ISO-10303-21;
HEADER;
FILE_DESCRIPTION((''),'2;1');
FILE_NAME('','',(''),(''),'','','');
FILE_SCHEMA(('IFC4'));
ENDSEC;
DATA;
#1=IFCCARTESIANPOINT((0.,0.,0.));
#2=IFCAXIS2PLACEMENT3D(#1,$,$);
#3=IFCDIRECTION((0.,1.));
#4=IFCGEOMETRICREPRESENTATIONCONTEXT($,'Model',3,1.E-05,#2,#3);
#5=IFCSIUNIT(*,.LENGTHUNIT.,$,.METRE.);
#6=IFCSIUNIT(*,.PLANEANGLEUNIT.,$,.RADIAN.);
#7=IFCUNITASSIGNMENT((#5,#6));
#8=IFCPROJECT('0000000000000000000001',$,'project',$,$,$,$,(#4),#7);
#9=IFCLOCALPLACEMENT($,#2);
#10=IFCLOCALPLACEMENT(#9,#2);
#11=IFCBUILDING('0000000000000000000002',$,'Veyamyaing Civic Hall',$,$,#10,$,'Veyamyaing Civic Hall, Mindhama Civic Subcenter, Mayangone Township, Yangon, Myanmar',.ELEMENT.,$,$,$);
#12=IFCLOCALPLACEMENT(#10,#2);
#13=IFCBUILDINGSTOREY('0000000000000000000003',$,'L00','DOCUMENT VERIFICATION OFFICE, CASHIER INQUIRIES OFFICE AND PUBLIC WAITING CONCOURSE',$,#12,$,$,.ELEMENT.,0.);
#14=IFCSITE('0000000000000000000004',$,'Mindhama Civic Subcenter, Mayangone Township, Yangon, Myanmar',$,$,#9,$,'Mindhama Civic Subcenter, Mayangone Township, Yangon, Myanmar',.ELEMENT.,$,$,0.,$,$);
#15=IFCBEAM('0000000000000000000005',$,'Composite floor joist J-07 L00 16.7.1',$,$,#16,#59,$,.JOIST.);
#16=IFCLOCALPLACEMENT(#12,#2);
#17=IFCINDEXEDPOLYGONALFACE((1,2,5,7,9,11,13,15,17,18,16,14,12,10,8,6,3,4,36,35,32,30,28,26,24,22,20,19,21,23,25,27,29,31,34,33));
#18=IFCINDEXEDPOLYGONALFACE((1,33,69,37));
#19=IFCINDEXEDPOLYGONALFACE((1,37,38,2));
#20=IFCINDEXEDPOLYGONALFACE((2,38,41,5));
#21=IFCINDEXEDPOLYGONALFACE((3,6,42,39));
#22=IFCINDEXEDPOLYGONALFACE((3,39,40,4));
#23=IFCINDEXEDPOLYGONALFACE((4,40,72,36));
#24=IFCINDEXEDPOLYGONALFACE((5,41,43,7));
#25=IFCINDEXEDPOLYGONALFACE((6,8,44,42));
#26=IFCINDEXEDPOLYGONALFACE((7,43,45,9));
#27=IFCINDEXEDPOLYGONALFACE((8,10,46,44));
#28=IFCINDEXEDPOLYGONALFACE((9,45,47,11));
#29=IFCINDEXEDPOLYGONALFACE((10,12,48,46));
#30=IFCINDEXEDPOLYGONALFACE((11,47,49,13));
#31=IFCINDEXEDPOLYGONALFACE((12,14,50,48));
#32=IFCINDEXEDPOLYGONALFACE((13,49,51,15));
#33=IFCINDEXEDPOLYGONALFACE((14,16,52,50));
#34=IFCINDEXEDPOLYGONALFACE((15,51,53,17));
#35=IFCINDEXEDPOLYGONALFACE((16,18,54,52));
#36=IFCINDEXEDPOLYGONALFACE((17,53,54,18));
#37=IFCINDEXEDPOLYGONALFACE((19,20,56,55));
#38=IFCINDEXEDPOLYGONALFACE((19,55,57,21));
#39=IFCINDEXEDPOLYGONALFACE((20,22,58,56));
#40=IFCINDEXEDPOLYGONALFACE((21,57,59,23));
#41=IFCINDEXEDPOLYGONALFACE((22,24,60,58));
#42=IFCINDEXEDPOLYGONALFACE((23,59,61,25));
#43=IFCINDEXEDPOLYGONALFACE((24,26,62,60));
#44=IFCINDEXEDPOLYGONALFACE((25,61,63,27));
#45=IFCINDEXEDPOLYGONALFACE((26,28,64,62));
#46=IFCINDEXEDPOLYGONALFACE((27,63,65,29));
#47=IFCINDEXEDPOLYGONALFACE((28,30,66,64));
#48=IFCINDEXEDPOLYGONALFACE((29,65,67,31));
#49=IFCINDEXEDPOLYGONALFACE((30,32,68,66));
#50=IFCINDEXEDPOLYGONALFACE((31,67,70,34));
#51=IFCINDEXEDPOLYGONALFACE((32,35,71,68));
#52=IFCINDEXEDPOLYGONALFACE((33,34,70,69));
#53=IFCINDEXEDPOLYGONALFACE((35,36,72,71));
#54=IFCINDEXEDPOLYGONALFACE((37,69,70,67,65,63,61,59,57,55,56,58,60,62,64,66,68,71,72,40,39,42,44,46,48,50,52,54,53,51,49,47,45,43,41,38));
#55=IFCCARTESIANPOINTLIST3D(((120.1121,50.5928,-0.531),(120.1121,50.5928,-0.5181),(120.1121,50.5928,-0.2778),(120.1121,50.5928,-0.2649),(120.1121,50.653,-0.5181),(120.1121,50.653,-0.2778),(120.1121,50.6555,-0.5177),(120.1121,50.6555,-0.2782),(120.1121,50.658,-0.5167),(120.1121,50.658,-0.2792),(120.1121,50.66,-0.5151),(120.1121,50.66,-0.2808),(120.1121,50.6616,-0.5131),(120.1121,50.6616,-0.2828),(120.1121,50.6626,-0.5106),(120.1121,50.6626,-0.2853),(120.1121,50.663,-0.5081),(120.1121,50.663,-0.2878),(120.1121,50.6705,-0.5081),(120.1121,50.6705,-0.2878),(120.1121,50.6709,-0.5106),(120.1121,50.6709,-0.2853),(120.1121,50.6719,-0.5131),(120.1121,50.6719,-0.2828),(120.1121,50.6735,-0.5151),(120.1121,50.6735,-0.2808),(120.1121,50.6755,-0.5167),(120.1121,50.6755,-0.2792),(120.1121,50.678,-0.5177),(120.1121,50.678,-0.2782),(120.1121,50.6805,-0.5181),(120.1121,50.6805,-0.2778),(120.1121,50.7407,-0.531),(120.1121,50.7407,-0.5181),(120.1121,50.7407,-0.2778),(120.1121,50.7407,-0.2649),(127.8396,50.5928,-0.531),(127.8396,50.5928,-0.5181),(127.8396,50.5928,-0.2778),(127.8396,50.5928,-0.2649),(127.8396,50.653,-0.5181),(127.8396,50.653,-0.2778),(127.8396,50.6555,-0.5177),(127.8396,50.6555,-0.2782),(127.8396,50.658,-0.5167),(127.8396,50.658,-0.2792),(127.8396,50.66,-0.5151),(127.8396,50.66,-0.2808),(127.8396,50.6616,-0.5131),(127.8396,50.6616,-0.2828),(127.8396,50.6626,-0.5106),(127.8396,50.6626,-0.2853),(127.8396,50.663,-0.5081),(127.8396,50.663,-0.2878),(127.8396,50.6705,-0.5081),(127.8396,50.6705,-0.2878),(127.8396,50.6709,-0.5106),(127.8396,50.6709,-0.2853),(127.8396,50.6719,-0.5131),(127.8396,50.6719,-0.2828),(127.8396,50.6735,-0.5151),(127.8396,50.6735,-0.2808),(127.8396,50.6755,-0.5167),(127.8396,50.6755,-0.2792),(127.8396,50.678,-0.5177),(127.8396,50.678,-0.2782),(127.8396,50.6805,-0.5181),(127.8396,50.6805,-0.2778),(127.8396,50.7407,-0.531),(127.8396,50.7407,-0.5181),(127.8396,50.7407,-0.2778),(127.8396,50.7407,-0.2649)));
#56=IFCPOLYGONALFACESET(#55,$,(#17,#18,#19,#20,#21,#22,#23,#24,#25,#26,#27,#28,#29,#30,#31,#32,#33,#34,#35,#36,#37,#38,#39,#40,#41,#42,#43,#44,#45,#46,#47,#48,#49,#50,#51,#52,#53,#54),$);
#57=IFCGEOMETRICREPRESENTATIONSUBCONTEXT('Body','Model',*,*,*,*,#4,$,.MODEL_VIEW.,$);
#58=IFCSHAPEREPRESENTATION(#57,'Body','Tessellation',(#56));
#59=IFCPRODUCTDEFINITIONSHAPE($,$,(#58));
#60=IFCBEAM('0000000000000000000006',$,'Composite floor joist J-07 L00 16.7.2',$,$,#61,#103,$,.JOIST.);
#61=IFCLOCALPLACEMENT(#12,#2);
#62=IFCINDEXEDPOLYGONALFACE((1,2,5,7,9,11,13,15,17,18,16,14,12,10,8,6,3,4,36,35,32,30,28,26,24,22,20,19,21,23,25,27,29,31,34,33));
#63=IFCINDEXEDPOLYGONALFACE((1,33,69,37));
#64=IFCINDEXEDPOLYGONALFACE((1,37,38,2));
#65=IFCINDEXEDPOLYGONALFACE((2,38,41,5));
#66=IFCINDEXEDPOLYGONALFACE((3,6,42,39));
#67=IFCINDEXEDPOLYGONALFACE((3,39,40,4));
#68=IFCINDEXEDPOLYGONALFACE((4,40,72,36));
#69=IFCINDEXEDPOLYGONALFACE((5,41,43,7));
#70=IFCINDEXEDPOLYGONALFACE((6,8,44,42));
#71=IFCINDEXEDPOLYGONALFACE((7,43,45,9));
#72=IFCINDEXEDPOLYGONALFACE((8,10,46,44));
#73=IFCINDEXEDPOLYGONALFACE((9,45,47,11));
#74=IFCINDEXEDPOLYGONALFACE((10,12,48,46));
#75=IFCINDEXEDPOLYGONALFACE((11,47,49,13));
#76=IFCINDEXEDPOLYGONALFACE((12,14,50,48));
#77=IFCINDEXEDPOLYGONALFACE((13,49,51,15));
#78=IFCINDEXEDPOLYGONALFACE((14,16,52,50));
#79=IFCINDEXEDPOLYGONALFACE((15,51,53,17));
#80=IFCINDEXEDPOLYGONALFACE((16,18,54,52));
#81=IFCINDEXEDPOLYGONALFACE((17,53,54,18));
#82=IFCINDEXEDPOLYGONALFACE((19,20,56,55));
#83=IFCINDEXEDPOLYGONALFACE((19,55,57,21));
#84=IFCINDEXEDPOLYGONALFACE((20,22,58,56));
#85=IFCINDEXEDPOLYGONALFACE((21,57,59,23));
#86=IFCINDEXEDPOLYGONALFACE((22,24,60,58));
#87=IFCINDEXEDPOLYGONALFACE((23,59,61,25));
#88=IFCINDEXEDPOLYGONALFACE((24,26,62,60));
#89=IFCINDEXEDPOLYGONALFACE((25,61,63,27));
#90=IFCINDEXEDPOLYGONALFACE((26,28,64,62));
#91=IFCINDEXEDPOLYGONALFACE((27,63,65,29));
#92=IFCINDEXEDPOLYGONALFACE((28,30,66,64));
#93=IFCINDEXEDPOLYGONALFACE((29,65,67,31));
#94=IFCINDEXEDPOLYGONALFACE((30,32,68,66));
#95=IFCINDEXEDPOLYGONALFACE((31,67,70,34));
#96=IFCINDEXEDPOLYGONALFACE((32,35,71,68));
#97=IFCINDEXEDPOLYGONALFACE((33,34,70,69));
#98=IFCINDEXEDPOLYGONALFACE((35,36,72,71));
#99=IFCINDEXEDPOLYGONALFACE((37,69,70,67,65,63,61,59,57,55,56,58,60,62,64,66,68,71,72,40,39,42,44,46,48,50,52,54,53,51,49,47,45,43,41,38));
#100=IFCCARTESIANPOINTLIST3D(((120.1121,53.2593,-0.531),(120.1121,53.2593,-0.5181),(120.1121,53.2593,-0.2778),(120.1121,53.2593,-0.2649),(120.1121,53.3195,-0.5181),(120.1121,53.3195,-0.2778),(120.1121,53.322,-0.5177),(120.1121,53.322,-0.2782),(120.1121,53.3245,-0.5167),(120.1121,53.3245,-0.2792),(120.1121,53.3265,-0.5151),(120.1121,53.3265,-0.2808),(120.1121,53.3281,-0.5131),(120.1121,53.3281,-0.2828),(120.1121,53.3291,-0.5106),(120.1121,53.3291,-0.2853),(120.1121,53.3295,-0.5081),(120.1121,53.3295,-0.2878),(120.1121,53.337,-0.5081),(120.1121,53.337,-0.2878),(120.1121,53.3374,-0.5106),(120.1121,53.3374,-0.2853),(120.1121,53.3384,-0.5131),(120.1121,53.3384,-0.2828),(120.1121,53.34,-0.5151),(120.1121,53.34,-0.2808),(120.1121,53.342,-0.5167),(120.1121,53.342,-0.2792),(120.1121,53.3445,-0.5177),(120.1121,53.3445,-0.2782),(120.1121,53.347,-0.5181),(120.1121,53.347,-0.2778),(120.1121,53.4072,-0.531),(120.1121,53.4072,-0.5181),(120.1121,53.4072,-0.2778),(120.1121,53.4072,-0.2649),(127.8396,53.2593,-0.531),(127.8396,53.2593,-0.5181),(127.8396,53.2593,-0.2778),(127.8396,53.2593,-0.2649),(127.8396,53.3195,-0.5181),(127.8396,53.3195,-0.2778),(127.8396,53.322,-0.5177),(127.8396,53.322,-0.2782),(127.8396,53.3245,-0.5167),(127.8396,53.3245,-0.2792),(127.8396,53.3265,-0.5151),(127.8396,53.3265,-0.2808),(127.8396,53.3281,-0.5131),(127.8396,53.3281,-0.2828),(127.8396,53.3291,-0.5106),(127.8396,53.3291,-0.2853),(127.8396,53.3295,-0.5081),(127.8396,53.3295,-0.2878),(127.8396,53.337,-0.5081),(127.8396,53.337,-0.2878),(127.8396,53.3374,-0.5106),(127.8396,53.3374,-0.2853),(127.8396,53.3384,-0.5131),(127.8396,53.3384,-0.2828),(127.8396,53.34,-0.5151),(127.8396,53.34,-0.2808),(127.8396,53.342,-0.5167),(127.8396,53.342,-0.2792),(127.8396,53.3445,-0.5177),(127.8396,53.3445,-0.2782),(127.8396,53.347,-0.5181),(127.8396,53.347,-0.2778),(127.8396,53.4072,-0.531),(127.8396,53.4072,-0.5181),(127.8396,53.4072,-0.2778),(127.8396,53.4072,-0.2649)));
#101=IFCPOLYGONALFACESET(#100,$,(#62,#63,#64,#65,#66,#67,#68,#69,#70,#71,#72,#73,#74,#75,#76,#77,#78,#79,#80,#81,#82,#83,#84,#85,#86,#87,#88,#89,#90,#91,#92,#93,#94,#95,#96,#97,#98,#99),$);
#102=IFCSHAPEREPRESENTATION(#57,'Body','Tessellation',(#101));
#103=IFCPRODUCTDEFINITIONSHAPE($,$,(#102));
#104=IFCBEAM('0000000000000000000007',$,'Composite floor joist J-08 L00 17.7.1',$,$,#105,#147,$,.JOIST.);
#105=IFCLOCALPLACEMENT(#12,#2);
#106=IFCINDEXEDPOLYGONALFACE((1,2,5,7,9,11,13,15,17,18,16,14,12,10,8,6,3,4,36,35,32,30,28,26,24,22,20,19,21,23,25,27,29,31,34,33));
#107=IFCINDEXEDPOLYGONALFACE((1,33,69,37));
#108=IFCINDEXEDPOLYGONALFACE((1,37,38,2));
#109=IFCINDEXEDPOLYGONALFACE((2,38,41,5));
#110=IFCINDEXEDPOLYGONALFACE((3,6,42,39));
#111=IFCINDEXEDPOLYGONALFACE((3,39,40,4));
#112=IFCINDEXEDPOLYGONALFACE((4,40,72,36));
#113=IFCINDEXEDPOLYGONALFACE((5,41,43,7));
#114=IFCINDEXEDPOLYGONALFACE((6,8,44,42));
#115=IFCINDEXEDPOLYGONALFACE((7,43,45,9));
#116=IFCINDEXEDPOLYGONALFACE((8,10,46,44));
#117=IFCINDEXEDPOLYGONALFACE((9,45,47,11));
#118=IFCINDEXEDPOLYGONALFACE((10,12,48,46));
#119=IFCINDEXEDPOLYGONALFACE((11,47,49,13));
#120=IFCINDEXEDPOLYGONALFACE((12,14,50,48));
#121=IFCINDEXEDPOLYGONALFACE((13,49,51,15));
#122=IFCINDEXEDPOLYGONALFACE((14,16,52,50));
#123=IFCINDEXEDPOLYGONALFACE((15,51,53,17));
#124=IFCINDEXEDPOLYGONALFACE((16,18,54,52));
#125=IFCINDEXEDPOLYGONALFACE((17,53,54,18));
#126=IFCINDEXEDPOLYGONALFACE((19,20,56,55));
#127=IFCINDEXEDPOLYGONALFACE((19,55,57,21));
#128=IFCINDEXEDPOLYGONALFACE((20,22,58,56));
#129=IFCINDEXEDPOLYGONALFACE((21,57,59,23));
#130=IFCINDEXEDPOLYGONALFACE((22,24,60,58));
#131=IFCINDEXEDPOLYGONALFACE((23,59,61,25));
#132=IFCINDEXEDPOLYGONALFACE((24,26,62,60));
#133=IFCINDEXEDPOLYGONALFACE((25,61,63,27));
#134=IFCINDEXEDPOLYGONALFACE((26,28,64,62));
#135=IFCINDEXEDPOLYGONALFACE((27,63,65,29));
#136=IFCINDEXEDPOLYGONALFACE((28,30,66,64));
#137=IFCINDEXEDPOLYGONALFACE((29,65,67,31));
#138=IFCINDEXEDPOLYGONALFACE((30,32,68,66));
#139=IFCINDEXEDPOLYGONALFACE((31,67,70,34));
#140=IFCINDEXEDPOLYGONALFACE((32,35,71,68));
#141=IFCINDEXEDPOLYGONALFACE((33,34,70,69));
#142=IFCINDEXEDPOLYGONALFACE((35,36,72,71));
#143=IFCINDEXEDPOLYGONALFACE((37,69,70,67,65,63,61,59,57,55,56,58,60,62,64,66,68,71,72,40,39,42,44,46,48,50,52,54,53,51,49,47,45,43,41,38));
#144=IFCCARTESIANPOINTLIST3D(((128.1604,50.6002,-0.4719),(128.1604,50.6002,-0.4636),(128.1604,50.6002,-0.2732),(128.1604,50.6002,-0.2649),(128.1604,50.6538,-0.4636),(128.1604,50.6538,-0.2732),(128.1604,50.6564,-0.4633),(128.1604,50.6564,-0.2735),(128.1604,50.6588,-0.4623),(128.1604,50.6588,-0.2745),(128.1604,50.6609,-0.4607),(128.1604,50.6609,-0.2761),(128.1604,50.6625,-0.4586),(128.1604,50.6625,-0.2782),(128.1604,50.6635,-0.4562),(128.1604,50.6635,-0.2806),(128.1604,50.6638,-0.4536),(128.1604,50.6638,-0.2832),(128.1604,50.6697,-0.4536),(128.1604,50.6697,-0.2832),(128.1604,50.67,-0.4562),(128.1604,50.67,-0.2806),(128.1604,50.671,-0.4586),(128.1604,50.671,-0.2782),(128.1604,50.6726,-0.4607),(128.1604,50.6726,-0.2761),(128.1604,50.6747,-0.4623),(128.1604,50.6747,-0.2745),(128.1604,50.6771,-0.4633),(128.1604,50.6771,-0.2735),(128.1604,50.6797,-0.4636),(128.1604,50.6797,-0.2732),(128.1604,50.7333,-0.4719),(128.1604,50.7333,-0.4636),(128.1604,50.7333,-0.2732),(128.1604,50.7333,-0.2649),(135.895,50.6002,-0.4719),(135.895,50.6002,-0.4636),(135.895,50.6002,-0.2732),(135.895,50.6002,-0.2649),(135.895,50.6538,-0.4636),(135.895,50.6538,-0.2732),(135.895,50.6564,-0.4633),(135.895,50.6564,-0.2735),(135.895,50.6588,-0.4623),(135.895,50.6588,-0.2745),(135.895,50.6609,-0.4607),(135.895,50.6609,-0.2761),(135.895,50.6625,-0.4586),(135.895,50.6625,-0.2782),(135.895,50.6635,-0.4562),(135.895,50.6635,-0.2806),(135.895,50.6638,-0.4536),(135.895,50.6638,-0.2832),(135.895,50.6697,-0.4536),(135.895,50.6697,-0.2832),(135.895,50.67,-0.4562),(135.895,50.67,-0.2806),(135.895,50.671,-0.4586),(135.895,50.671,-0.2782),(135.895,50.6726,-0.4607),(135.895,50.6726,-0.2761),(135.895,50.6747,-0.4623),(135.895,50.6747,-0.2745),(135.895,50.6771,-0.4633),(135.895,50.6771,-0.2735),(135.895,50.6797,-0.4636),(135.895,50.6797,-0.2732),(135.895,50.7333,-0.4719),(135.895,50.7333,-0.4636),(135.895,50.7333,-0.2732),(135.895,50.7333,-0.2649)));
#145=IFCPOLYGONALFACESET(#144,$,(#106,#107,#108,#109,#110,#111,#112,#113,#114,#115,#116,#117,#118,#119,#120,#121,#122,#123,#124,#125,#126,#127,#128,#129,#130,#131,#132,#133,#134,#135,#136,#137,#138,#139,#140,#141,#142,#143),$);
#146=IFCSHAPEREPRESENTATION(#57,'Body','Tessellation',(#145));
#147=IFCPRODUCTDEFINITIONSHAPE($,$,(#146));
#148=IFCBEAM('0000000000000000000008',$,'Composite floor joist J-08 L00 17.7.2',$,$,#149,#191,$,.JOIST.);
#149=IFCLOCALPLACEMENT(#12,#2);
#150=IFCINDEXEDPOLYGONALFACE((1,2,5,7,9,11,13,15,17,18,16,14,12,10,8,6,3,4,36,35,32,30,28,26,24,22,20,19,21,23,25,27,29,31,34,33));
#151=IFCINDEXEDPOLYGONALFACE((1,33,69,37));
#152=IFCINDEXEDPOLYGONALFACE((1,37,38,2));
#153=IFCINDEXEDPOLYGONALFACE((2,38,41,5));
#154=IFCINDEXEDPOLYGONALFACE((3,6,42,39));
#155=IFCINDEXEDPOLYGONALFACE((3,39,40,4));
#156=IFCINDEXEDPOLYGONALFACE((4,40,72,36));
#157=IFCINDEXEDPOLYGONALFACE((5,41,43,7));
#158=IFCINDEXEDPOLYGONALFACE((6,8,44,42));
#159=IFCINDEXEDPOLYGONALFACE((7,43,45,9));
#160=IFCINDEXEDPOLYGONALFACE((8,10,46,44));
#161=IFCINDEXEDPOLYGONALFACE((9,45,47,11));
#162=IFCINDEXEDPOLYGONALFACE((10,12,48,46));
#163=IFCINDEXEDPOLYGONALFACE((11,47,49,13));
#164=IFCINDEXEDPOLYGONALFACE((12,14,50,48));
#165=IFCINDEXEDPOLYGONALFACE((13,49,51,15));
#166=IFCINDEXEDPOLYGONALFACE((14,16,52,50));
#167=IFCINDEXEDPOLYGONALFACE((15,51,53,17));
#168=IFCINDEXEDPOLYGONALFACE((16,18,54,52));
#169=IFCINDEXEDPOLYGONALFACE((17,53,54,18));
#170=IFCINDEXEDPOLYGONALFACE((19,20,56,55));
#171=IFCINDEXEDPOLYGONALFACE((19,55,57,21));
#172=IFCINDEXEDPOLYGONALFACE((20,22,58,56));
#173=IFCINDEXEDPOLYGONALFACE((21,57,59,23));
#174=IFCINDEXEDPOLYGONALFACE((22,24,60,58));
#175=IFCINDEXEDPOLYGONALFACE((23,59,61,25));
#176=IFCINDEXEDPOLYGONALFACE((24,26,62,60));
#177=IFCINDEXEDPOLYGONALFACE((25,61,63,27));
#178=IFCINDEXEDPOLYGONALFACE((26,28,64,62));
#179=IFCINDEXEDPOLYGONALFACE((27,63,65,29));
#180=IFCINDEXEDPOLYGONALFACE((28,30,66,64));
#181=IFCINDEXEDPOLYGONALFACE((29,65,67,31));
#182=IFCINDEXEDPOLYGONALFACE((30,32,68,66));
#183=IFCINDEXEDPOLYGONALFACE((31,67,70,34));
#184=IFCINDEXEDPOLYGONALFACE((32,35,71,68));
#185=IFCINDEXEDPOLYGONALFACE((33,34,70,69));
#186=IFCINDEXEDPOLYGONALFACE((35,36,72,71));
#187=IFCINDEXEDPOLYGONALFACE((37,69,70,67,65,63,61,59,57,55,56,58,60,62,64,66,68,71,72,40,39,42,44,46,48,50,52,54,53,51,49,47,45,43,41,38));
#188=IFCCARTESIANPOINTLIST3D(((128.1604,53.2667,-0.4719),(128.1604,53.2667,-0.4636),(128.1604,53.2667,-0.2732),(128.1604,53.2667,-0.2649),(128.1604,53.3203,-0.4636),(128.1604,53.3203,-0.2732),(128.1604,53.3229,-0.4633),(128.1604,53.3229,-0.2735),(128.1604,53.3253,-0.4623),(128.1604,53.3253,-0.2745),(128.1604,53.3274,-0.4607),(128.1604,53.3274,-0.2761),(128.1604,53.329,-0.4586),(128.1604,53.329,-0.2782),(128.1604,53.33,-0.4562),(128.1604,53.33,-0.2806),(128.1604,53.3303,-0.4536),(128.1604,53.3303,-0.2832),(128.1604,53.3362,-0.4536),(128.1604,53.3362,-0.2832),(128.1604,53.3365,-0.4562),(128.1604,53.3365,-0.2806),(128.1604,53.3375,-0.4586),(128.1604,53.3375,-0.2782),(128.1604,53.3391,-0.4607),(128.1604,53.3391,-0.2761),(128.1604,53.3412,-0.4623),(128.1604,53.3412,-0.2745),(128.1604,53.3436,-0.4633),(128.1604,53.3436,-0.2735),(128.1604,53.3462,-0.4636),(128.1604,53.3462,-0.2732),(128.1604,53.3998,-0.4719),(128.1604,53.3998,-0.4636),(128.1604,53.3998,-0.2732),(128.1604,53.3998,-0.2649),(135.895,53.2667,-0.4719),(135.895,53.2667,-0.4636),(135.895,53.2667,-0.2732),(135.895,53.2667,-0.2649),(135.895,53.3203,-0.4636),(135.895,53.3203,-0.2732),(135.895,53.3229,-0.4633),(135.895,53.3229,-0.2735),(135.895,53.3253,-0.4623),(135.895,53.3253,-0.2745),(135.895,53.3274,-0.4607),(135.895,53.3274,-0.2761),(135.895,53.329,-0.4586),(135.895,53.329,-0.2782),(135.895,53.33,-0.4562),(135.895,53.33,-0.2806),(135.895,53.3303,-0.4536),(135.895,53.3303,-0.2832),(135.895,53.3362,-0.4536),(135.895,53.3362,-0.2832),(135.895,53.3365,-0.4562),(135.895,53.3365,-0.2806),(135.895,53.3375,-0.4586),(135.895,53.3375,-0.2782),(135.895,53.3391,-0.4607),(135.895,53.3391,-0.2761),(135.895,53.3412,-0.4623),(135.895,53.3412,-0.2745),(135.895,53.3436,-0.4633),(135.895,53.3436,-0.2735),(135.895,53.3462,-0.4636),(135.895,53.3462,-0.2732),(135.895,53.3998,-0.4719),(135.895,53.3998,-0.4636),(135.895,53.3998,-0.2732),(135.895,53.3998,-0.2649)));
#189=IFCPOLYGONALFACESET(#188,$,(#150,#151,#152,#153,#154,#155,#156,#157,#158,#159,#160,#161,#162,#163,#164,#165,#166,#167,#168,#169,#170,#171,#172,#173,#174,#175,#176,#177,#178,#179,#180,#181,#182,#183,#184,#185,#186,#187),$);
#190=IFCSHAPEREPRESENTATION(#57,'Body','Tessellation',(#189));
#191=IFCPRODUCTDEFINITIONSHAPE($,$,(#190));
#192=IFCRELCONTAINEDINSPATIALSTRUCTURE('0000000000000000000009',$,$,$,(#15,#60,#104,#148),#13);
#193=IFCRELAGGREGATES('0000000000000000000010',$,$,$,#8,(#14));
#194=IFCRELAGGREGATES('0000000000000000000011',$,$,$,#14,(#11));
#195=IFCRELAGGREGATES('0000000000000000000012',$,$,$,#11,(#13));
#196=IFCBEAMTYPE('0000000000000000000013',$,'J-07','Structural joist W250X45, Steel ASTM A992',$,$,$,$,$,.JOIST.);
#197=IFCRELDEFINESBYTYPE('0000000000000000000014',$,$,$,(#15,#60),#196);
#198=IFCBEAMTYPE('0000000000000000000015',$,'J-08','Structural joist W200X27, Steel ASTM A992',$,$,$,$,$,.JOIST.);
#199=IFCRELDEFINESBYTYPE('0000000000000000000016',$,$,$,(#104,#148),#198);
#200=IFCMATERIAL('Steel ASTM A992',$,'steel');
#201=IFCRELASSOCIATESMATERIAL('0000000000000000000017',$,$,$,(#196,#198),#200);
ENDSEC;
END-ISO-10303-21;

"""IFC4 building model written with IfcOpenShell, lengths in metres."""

from ifc_helpers import new_model, si_unit, direction, frame, origin, origin_2d, place, context, subcontext, project, spatial, i_section, extrude, material, material_profile, profile_set, type_object, element, save


model = new_model("IFC4")

# Units and contexts
model_context = context("Model", 3, precision=1e-05, world=origin(), true_north=direction((0.0, 1.0)))
body_context = subcontext(model_context, "Body", "Model", "MODEL_VIEW")
ifc_project = project(units=[si_unit("LENGTHUNIT", "METRE"), si_unit("PLANEANGLEUNIT", "RADIAN")], contexts=[model_context])

# Site, building, storey
site_placement = place(None, origin())
site = spatial("IfcSite", under=ifc_project, at=site_placement, Name="Mindhama Civic Subcenter, Mayangone Township, Yangon, Myanmar", LongName="Mindhama Civic Subcenter, Mayangone Township, Yangon, Myanmar", CompositionType="ELEMENT", RefElevation=0.0)
building_placement = place(site_placement, origin())
building = spatial("IfcBuilding", under=site, at=building_placement, Name="Veyamyaing Civic Hall", LongName="Veyamyaing Civic Hall, Mindhama Civic Subcenter, Mayangone Township, Yangon, Myanmar", CompositionType="ELEMENT")
storey_placement = place(building_placement, origin())
storey = spatial("IfcBuildingStorey", under=building, at=storey_placement, Name="L00", Description="DOCUMENT VERIFICATION OFFICE, CASHIER INQUIRIES OFFICE AND PUBLIC WAITING CONCOURSE", CompositionType="ELEMENT", Elevation=0.0)

# Shared definitions
ifc_material_1 = material(Name="Steel ASTM A992", Category="steel")

# Beams
ifc_material_profile_1 = material_profile(ifc_material_1, i_section(OverallWidth=0.1479, OverallDepth=0.2661, WebThickness=0.0076, FlangeThickness=0.0129, FilletRadius=0.01, at=origin_2d()), Name="W250X45")
ifc_profile_set_1 = profile_set([ifc_material_profile_1], Name="Steel ASTM A992")
beam_type_1 = type_object("IfcBeamType", Name="J-07", Description="Structural joist W250X45, Steel ASTM A992", PredefinedType="JOIST", material=ifc_profile_set_1)
for number, where, z_axis, x_axis, name in (
    (1, (120.1121, 50.6667, -0.3979), (1.0, 0.0, 0.0), (0.0, 1.0, 0.0), "Composite floor joist J-07 L00 16.7.1"),
    (2, (120.1121, 53.3333, -0.3979), (1.0, 0.0, 0.0), (0.0, 1.0, 0.0), "Composite floor joist J-07 L00 16.7.2"),
):
    element("IfcBeam", number, at=place(storey_placement, frame(where, z_axis=z_axis, x_axis=x_axis)), inside=storey, type_object=beam_type_1, Name=name, PredefinedType="JOIST", context=body_context, shape_type="SweptSolid", body=[
        extrude(i_section(OverallWidth=0.1479, OverallDepth=0.2661, WebThickness=0.0076, FlangeThickness=0.0129, FilletRadius=0.01, at=origin_2d()), origin(), (0.0, 0.0, 1.0), 7.7275),
    ])
ifc_material_profile_2 = material_profile(ifc_material_1, i_section(OverallWidth=0.1331, OverallDepth=0.207, WebThickness=0.0059, FlangeThickness=0.0083, FilletRadius=0.01, at=origin_2d()), Name="W200X27")
ifc_profile_set_2 = profile_set([ifc_material_profile_2], Name="Steel ASTM A992")
beam_type_2 = type_object("IfcBeamType", Name="J-08", Description="Structural joist W200X27, Steel ASTM A992", PredefinedType="JOIST", material=ifc_profile_set_2)
for number, where, z_axis, x_axis, name in (
    (3, (128.1604, 50.6667, -0.3684), (1.0, 0.0, 0.0), (0.0, 1.0, 0.0), "Composite floor joist J-08 L00 17.7.1"),
    (4, (128.1604, 53.3333, -0.3684), (1.0, 0.0, 0.0), (0.0, 1.0, 0.0), "Composite floor joist J-08 L00 17.7.2"),
):
    element("IfcBeam", number, at=place(storey_placement, frame(where, z_axis=z_axis, x_axis=x_axis)), inside=storey, type_object=beam_type_2, Name=name, PredefinedType="JOIST", context=body_context, shape_type="SweptSolid", body=[
        extrude(i_section(OverallWidth=0.1331, OverallDepth=0.207, WebThickness=0.0059, FlangeThickness=0.0083, FilletRadius=0.01, at=origin_2d()), origin(), (0.0, 0.0, 1.0), 7.7346),
    ])

save(model, "model.ifc")
